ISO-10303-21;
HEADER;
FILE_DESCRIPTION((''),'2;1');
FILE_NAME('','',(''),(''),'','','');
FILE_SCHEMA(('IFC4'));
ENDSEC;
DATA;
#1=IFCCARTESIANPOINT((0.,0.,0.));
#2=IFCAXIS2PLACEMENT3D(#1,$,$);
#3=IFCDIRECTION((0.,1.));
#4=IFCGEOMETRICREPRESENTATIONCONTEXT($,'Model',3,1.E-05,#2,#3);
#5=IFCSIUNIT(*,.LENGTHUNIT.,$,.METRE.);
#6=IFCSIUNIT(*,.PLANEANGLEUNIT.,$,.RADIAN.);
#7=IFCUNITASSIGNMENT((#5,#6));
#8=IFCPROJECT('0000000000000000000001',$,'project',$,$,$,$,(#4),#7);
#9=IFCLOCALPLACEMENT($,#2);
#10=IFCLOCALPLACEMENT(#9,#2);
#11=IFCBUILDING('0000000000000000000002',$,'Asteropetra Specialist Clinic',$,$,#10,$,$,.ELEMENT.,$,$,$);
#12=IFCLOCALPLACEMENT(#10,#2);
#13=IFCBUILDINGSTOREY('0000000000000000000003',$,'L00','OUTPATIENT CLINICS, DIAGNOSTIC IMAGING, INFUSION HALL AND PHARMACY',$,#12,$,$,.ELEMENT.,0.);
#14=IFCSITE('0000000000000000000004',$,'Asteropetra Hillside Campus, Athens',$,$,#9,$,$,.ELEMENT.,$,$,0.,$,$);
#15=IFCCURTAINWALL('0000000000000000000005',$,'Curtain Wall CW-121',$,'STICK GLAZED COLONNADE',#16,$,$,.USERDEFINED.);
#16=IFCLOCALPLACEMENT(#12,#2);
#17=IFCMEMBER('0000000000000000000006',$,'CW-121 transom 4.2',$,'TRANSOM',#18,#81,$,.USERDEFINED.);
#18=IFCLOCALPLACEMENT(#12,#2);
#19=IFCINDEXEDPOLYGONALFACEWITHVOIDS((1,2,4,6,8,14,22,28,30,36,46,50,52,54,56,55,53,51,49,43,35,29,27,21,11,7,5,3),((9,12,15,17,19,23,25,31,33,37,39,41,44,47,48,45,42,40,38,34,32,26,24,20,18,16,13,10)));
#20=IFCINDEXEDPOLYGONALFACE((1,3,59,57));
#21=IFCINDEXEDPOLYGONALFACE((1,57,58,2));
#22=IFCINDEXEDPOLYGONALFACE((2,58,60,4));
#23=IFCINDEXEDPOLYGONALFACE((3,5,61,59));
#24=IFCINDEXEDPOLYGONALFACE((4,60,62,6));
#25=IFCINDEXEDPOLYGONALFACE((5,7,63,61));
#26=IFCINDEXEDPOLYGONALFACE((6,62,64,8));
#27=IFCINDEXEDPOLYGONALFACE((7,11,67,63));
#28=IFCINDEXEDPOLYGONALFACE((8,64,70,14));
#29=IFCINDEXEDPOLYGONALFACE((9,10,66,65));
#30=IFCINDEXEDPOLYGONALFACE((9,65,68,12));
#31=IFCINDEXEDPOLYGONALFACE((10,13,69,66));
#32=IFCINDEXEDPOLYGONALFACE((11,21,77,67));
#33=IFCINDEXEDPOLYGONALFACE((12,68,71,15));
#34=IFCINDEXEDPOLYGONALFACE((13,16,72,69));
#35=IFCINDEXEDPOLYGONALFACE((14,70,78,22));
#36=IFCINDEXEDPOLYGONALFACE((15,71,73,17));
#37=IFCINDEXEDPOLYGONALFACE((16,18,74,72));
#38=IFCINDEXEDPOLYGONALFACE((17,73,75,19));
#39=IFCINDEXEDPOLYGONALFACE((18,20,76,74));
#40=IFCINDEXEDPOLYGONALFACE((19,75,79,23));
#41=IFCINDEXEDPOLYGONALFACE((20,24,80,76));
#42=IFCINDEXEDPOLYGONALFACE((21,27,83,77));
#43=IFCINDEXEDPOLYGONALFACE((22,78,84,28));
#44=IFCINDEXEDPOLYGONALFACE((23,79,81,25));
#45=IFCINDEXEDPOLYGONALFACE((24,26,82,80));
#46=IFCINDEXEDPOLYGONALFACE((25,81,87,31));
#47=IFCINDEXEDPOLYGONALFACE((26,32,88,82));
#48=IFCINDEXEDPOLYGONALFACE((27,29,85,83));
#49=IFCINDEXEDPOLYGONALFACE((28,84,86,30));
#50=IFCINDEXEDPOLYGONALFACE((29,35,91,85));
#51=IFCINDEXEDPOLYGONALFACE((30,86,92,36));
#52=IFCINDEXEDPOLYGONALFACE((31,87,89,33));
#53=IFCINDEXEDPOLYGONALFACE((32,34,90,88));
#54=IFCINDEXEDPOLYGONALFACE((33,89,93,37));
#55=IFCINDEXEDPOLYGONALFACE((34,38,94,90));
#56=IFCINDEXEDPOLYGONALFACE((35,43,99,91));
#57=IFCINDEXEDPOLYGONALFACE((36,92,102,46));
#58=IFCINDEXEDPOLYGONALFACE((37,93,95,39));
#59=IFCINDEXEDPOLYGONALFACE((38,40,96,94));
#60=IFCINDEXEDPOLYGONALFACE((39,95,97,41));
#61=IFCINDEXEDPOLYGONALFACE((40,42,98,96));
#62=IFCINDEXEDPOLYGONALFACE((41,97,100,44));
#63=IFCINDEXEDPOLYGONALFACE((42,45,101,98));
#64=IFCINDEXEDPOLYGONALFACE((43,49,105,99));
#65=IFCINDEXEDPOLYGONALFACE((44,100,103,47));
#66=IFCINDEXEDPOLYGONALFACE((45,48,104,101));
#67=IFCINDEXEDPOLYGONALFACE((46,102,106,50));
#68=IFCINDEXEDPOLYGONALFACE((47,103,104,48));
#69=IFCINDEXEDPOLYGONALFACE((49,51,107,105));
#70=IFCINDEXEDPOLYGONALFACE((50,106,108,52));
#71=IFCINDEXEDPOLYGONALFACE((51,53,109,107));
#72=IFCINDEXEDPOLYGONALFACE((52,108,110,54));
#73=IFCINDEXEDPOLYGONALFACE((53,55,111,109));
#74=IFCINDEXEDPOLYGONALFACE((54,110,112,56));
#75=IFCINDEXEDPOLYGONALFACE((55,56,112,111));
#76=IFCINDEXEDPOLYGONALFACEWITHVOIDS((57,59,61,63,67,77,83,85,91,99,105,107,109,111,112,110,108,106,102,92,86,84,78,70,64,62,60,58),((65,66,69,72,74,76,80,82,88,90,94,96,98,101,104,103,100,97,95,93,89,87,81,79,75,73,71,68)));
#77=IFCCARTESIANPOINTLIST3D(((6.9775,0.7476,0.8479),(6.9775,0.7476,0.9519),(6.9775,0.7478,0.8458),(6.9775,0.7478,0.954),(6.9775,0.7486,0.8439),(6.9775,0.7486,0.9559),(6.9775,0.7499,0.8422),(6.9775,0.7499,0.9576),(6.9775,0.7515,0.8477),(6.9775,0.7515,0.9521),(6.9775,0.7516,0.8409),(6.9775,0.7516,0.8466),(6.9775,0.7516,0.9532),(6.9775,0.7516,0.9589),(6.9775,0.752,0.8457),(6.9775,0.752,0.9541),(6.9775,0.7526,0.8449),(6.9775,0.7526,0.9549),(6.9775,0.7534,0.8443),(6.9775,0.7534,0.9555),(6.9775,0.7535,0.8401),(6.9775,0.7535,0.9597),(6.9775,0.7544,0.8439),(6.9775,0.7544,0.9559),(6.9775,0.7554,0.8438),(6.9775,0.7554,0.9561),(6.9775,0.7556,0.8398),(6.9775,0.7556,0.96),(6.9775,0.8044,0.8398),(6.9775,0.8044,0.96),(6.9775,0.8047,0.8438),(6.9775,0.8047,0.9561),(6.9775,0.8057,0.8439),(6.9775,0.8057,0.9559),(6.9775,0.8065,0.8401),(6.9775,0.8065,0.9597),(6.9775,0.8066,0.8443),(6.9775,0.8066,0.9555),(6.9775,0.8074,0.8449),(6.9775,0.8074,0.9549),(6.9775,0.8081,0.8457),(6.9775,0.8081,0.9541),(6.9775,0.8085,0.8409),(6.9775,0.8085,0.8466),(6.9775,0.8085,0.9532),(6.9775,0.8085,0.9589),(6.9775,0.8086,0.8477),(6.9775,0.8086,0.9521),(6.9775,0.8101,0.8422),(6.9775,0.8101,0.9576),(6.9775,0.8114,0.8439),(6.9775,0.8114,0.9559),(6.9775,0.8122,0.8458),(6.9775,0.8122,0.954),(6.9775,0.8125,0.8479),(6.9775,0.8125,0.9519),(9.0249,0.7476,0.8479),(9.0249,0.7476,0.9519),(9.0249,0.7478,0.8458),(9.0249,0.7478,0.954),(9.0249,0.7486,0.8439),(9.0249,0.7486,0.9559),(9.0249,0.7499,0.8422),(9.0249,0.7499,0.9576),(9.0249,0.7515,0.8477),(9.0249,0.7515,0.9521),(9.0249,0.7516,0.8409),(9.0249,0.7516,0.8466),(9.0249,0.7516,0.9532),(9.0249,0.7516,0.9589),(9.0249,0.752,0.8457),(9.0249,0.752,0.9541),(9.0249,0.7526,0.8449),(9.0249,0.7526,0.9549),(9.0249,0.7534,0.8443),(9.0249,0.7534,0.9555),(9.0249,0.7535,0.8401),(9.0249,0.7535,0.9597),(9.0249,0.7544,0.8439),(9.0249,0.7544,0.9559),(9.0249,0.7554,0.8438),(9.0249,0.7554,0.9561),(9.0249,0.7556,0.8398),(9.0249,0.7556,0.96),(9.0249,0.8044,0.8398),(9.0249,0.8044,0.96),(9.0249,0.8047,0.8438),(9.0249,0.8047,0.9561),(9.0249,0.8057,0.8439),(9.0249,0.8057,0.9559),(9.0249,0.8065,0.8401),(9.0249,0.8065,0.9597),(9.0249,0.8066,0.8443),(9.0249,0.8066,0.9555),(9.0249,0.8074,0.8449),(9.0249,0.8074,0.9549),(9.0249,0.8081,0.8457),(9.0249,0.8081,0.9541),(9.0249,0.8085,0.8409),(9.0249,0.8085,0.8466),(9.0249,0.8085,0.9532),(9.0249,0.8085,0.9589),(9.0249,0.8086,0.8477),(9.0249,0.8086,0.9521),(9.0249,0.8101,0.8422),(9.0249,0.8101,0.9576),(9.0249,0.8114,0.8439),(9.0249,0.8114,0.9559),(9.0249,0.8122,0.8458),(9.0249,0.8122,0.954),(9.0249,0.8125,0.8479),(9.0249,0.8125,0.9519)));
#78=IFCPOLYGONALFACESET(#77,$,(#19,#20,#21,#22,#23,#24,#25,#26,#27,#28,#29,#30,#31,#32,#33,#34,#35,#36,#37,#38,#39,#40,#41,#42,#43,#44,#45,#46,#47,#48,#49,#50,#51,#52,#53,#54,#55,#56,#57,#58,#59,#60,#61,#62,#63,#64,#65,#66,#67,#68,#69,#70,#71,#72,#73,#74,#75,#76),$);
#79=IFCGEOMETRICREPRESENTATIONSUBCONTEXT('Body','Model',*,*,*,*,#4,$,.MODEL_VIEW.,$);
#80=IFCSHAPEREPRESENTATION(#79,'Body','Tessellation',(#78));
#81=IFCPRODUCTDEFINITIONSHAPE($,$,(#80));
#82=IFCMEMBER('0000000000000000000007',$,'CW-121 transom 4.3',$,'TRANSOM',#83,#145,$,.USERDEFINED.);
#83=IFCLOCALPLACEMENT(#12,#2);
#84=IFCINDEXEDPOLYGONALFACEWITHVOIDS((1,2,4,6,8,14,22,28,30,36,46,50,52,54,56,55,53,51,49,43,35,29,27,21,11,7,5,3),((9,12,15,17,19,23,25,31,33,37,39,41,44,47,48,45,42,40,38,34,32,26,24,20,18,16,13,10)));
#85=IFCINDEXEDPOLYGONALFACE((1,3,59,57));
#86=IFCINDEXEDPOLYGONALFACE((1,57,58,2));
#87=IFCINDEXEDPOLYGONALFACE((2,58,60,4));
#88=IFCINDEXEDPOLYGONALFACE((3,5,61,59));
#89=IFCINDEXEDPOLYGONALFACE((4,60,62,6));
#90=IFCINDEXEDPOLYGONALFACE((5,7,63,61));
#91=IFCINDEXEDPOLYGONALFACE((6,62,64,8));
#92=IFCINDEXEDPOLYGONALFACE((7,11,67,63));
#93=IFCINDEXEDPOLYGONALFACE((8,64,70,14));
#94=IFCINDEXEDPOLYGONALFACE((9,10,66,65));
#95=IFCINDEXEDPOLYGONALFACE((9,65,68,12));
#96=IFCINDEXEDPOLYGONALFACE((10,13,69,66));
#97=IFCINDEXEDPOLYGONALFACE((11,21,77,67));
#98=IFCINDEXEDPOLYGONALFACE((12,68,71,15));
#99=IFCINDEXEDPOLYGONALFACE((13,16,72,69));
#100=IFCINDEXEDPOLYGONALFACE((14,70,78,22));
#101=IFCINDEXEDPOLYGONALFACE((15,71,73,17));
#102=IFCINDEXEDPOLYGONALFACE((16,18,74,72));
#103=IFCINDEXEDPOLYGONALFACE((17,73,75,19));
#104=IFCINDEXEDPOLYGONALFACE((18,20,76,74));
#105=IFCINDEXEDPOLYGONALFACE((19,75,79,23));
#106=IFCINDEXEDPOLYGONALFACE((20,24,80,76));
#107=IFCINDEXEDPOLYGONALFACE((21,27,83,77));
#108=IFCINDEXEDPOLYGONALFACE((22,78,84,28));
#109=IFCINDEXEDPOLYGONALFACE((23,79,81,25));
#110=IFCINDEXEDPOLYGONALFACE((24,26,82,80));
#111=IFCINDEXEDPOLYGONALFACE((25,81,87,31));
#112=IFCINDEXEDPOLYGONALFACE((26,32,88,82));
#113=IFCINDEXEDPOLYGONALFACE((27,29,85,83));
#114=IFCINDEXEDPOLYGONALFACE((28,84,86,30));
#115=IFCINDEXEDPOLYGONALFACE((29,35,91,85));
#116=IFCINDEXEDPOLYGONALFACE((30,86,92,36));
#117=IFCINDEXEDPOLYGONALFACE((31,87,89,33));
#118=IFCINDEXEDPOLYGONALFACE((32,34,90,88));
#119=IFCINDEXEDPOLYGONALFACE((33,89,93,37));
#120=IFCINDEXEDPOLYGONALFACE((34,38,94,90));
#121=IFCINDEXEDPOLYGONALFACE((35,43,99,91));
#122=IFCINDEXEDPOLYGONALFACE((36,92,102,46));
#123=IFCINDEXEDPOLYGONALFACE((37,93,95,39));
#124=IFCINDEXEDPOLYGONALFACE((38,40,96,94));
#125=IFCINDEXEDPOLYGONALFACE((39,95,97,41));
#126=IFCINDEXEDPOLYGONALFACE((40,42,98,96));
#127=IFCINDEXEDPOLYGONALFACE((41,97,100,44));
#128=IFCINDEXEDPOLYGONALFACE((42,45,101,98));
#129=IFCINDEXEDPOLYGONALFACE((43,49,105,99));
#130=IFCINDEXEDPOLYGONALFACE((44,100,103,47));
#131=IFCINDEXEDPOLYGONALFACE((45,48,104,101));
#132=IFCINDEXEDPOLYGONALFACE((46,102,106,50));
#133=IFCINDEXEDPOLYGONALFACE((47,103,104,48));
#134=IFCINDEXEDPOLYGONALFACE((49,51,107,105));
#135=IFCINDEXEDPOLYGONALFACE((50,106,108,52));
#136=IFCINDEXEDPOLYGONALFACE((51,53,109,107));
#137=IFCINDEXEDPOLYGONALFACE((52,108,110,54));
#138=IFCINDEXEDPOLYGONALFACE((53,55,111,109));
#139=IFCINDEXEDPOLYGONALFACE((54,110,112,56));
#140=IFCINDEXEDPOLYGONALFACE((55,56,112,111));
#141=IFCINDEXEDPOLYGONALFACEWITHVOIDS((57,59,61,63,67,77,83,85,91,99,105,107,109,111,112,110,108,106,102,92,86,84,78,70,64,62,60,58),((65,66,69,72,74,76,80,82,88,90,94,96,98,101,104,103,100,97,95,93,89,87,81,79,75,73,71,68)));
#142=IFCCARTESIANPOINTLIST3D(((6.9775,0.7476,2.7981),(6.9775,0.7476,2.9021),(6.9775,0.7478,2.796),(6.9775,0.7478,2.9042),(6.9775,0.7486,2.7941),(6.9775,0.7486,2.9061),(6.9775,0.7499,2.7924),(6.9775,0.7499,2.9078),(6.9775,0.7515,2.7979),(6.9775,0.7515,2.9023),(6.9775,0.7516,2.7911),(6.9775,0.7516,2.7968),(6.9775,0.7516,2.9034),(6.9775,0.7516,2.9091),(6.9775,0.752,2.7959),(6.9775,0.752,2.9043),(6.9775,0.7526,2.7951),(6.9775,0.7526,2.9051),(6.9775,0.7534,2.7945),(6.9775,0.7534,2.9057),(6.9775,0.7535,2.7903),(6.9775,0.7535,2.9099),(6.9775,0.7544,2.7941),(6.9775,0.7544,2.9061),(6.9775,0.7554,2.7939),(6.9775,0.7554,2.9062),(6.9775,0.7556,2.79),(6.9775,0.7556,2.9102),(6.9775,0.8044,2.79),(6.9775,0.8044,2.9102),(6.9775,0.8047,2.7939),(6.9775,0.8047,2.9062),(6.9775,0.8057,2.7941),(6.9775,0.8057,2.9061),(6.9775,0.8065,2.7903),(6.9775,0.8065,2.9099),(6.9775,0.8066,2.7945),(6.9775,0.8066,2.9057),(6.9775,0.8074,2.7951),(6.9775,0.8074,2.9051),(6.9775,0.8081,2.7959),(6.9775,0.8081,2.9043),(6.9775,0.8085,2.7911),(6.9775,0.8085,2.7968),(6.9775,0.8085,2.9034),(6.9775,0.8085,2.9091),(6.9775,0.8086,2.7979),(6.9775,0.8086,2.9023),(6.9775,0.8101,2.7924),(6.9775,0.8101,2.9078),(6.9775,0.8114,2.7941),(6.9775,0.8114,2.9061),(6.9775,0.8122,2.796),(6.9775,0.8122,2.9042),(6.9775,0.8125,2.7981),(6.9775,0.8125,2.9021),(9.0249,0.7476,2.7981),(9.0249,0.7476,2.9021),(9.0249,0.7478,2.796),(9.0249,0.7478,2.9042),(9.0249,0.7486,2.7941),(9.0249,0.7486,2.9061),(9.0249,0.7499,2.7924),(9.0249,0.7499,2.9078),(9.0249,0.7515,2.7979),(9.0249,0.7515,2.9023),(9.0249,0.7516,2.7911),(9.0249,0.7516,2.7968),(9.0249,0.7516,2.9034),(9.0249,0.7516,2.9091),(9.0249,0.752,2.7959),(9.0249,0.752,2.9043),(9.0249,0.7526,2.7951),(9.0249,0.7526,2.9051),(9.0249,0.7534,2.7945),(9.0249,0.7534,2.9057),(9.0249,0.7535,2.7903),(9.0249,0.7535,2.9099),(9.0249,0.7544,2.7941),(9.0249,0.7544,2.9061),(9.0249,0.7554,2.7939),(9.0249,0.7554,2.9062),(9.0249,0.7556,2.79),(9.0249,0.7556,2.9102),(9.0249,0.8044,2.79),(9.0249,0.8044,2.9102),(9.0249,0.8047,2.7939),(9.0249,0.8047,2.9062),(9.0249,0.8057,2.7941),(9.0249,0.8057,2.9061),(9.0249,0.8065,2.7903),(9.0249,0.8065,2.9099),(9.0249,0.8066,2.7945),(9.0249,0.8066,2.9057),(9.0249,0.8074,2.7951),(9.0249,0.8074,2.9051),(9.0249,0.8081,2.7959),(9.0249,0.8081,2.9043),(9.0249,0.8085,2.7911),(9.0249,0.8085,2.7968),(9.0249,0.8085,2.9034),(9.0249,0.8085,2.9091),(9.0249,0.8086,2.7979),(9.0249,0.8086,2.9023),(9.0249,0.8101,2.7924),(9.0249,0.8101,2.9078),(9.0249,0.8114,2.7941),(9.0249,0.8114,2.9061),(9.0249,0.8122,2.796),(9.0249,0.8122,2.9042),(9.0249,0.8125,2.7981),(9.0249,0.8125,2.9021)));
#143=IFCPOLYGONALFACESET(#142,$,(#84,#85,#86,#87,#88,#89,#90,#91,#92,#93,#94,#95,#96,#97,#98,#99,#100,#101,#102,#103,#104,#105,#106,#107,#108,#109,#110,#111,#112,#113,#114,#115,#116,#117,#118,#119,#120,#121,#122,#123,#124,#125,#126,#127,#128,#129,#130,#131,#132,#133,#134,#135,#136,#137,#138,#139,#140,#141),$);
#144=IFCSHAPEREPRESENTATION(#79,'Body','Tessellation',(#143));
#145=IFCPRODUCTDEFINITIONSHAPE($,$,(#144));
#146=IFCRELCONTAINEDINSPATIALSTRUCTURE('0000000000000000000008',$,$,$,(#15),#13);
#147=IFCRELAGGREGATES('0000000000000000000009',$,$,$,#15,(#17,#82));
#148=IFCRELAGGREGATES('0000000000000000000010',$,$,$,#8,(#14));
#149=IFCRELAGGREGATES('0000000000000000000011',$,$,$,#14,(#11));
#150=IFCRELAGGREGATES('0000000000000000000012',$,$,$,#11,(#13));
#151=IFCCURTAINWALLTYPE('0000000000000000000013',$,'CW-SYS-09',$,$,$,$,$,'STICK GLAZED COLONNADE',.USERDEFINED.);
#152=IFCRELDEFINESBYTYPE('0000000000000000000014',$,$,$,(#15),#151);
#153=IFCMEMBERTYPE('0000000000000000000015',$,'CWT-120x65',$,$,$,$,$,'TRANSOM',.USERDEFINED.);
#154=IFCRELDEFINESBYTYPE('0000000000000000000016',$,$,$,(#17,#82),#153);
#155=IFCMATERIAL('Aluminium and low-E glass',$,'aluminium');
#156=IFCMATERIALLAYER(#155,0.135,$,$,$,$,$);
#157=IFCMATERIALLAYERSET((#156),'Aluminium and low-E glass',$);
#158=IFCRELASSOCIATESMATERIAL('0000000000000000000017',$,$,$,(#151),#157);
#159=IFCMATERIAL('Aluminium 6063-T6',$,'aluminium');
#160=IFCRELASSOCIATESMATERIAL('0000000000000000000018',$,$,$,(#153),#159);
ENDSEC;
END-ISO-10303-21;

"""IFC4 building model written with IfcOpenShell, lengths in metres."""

from ifc_helpers import new_model, si_unit, direction, frame, origin, origin_2d, place, context, subcontext, project, spatial, hollow_rectangle, extrude, material, layer, layer_set, material_profile, profile_set, type_object, element, aggregate, save


model = new_model("IFC4")

# Units and contexts
model_context = context("Model", 3, precision=1e-05, world=origin(), true_north=direction((0.0, 1.0)))
body_context = subcontext(model_context, "Body", "Model", "MODEL_VIEW")
ifc_project = project(units=[si_unit("LENGTHUNIT", "METRE"), si_unit("PLANEANGLEUNIT", "RADIAN")], contexts=[model_context])

# Site, building, storey
site_placement = place(None, origin())
site = spatial("IfcSite", under=ifc_project, at=site_placement, Name="Asteropetra Hillside Campus, Athens", CompositionType="ELEMENT", RefElevation=0.0)
building_placement = place(site_placement, origin())
building = spatial("IfcBuilding", under=site, at=building_placement, Name="Asteropetra Specialist Clinic", CompositionType="ELEMENT")
storey_placement = place(building_placement, origin())
storey = spatial("IfcBuildingStorey", under=building, at=storey_placement, Name="L00", Description="OUTPATIENT CLINICS, DIAGNOSTIC IMAGING, INFUSION HALL AND PHARMACY", CompositionType="ELEMENT", Elevation=0.0)

# Curtain wall
ifc_material_1 = material(Name="Aluminium and low-E glass", Category="aluminium")
ifc_layer_1 = layer(ifc_material_1, 0.135)
ifc_layer_set_1 = layer_set([ifc_layer_1], Name="Aluminium and low-E glass")
curtain_wall_type_1 = type_object("IfcCurtainWallType", Name="CW-SYS-09", ElementType="STICK GLAZED COLONNADE", PredefinedType="USERDEFINED", material=ifc_layer_set_1)
curtain_wall_1_placement = place(storey_placement, origin())
curtain_wall_1 = element("IfcCurtainWall", 1, at=curtain_wall_1_placement, inside=storey, type_object=curtain_wall_type_1, Name="Curtain Wall CW-121", ObjectType="STICK GLAZED COLONNADE", PredefinedType="USERDEFINED")

# Members
ifc_material_2 = material(Name="Aluminium 6063-T6", Category="aluminium")
ifc_material_profile_1 = material_profile(ifc_material_2, hollow_rectangle(XDim=0.0649, YDim=0.1201, WallThickness=0.0039, InnerFilletRadius=0.0039, OuterFilletRadius=0.0081, at=origin_2d()), Name="TRN 120x65x4.0")
ifc_profile_set_1 = profile_set([ifc_material_profile_1], Name="Aluminium 6063-T6")
member_type_1 = type_object("IfcMemberType", Name="CWT-120x65", ElementType="TRANSOM", PredefinedType="USERDEFINED", material=ifc_profile_set_1)
member_1_placement = place(storey_placement, frame((6.9775, 0.78, 0.8999), z_axis=(1.0, 0.0, 0.0), x_axis=(0.0, 1.0, 0.0)))
member_1 = element("IfcMember", 2, at=member_1_placement, type_object=member_type_1, Name="CW-121 transom 4.2", ObjectType="TRANSOM", PredefinedType="USERDEFINED", context=body_context, shape_type="SweptSolid", body=[
    extrude(hollow_rectangle(XDim=0.0649, YDim=0.1201, WallThickness=0.0039, InnerFilletRadius=0.0039, OuterFilletRadius=0.0081, at=origin_2d()), origin(), (0.0, 0.0, 1.0), 2.0474),
])
member_2_placement = place(storey_placement, frame((6.9775, 0.78, 2.8501), z_axis=(1.0, 0.0, 0.0), x_axis=(0.0, 1.0, 0.0)))
member_2 = element("IfcMember", 3, at=member_2_placement, type_object=member_type_1, Name="CW-121 transom 4.3", ObjectType="TRANSOM", PredefinedType="USERDEFINED", context=body_context, shape_type="SweptSolid", body=[
    extrude(hollow_rectangle(XDim=0.0649, YDim=0.1201, WallThickness=0.0039, InnerFilletRadius=0.0039, OuterFilletRadius=0.0081, at=origin_2d()), origin(), (0.0, 0.0, 1.0), 2.0474),
])

aggregate(curtain_wall_1, [member_1, member_2])

save(model, "model.ifc")
